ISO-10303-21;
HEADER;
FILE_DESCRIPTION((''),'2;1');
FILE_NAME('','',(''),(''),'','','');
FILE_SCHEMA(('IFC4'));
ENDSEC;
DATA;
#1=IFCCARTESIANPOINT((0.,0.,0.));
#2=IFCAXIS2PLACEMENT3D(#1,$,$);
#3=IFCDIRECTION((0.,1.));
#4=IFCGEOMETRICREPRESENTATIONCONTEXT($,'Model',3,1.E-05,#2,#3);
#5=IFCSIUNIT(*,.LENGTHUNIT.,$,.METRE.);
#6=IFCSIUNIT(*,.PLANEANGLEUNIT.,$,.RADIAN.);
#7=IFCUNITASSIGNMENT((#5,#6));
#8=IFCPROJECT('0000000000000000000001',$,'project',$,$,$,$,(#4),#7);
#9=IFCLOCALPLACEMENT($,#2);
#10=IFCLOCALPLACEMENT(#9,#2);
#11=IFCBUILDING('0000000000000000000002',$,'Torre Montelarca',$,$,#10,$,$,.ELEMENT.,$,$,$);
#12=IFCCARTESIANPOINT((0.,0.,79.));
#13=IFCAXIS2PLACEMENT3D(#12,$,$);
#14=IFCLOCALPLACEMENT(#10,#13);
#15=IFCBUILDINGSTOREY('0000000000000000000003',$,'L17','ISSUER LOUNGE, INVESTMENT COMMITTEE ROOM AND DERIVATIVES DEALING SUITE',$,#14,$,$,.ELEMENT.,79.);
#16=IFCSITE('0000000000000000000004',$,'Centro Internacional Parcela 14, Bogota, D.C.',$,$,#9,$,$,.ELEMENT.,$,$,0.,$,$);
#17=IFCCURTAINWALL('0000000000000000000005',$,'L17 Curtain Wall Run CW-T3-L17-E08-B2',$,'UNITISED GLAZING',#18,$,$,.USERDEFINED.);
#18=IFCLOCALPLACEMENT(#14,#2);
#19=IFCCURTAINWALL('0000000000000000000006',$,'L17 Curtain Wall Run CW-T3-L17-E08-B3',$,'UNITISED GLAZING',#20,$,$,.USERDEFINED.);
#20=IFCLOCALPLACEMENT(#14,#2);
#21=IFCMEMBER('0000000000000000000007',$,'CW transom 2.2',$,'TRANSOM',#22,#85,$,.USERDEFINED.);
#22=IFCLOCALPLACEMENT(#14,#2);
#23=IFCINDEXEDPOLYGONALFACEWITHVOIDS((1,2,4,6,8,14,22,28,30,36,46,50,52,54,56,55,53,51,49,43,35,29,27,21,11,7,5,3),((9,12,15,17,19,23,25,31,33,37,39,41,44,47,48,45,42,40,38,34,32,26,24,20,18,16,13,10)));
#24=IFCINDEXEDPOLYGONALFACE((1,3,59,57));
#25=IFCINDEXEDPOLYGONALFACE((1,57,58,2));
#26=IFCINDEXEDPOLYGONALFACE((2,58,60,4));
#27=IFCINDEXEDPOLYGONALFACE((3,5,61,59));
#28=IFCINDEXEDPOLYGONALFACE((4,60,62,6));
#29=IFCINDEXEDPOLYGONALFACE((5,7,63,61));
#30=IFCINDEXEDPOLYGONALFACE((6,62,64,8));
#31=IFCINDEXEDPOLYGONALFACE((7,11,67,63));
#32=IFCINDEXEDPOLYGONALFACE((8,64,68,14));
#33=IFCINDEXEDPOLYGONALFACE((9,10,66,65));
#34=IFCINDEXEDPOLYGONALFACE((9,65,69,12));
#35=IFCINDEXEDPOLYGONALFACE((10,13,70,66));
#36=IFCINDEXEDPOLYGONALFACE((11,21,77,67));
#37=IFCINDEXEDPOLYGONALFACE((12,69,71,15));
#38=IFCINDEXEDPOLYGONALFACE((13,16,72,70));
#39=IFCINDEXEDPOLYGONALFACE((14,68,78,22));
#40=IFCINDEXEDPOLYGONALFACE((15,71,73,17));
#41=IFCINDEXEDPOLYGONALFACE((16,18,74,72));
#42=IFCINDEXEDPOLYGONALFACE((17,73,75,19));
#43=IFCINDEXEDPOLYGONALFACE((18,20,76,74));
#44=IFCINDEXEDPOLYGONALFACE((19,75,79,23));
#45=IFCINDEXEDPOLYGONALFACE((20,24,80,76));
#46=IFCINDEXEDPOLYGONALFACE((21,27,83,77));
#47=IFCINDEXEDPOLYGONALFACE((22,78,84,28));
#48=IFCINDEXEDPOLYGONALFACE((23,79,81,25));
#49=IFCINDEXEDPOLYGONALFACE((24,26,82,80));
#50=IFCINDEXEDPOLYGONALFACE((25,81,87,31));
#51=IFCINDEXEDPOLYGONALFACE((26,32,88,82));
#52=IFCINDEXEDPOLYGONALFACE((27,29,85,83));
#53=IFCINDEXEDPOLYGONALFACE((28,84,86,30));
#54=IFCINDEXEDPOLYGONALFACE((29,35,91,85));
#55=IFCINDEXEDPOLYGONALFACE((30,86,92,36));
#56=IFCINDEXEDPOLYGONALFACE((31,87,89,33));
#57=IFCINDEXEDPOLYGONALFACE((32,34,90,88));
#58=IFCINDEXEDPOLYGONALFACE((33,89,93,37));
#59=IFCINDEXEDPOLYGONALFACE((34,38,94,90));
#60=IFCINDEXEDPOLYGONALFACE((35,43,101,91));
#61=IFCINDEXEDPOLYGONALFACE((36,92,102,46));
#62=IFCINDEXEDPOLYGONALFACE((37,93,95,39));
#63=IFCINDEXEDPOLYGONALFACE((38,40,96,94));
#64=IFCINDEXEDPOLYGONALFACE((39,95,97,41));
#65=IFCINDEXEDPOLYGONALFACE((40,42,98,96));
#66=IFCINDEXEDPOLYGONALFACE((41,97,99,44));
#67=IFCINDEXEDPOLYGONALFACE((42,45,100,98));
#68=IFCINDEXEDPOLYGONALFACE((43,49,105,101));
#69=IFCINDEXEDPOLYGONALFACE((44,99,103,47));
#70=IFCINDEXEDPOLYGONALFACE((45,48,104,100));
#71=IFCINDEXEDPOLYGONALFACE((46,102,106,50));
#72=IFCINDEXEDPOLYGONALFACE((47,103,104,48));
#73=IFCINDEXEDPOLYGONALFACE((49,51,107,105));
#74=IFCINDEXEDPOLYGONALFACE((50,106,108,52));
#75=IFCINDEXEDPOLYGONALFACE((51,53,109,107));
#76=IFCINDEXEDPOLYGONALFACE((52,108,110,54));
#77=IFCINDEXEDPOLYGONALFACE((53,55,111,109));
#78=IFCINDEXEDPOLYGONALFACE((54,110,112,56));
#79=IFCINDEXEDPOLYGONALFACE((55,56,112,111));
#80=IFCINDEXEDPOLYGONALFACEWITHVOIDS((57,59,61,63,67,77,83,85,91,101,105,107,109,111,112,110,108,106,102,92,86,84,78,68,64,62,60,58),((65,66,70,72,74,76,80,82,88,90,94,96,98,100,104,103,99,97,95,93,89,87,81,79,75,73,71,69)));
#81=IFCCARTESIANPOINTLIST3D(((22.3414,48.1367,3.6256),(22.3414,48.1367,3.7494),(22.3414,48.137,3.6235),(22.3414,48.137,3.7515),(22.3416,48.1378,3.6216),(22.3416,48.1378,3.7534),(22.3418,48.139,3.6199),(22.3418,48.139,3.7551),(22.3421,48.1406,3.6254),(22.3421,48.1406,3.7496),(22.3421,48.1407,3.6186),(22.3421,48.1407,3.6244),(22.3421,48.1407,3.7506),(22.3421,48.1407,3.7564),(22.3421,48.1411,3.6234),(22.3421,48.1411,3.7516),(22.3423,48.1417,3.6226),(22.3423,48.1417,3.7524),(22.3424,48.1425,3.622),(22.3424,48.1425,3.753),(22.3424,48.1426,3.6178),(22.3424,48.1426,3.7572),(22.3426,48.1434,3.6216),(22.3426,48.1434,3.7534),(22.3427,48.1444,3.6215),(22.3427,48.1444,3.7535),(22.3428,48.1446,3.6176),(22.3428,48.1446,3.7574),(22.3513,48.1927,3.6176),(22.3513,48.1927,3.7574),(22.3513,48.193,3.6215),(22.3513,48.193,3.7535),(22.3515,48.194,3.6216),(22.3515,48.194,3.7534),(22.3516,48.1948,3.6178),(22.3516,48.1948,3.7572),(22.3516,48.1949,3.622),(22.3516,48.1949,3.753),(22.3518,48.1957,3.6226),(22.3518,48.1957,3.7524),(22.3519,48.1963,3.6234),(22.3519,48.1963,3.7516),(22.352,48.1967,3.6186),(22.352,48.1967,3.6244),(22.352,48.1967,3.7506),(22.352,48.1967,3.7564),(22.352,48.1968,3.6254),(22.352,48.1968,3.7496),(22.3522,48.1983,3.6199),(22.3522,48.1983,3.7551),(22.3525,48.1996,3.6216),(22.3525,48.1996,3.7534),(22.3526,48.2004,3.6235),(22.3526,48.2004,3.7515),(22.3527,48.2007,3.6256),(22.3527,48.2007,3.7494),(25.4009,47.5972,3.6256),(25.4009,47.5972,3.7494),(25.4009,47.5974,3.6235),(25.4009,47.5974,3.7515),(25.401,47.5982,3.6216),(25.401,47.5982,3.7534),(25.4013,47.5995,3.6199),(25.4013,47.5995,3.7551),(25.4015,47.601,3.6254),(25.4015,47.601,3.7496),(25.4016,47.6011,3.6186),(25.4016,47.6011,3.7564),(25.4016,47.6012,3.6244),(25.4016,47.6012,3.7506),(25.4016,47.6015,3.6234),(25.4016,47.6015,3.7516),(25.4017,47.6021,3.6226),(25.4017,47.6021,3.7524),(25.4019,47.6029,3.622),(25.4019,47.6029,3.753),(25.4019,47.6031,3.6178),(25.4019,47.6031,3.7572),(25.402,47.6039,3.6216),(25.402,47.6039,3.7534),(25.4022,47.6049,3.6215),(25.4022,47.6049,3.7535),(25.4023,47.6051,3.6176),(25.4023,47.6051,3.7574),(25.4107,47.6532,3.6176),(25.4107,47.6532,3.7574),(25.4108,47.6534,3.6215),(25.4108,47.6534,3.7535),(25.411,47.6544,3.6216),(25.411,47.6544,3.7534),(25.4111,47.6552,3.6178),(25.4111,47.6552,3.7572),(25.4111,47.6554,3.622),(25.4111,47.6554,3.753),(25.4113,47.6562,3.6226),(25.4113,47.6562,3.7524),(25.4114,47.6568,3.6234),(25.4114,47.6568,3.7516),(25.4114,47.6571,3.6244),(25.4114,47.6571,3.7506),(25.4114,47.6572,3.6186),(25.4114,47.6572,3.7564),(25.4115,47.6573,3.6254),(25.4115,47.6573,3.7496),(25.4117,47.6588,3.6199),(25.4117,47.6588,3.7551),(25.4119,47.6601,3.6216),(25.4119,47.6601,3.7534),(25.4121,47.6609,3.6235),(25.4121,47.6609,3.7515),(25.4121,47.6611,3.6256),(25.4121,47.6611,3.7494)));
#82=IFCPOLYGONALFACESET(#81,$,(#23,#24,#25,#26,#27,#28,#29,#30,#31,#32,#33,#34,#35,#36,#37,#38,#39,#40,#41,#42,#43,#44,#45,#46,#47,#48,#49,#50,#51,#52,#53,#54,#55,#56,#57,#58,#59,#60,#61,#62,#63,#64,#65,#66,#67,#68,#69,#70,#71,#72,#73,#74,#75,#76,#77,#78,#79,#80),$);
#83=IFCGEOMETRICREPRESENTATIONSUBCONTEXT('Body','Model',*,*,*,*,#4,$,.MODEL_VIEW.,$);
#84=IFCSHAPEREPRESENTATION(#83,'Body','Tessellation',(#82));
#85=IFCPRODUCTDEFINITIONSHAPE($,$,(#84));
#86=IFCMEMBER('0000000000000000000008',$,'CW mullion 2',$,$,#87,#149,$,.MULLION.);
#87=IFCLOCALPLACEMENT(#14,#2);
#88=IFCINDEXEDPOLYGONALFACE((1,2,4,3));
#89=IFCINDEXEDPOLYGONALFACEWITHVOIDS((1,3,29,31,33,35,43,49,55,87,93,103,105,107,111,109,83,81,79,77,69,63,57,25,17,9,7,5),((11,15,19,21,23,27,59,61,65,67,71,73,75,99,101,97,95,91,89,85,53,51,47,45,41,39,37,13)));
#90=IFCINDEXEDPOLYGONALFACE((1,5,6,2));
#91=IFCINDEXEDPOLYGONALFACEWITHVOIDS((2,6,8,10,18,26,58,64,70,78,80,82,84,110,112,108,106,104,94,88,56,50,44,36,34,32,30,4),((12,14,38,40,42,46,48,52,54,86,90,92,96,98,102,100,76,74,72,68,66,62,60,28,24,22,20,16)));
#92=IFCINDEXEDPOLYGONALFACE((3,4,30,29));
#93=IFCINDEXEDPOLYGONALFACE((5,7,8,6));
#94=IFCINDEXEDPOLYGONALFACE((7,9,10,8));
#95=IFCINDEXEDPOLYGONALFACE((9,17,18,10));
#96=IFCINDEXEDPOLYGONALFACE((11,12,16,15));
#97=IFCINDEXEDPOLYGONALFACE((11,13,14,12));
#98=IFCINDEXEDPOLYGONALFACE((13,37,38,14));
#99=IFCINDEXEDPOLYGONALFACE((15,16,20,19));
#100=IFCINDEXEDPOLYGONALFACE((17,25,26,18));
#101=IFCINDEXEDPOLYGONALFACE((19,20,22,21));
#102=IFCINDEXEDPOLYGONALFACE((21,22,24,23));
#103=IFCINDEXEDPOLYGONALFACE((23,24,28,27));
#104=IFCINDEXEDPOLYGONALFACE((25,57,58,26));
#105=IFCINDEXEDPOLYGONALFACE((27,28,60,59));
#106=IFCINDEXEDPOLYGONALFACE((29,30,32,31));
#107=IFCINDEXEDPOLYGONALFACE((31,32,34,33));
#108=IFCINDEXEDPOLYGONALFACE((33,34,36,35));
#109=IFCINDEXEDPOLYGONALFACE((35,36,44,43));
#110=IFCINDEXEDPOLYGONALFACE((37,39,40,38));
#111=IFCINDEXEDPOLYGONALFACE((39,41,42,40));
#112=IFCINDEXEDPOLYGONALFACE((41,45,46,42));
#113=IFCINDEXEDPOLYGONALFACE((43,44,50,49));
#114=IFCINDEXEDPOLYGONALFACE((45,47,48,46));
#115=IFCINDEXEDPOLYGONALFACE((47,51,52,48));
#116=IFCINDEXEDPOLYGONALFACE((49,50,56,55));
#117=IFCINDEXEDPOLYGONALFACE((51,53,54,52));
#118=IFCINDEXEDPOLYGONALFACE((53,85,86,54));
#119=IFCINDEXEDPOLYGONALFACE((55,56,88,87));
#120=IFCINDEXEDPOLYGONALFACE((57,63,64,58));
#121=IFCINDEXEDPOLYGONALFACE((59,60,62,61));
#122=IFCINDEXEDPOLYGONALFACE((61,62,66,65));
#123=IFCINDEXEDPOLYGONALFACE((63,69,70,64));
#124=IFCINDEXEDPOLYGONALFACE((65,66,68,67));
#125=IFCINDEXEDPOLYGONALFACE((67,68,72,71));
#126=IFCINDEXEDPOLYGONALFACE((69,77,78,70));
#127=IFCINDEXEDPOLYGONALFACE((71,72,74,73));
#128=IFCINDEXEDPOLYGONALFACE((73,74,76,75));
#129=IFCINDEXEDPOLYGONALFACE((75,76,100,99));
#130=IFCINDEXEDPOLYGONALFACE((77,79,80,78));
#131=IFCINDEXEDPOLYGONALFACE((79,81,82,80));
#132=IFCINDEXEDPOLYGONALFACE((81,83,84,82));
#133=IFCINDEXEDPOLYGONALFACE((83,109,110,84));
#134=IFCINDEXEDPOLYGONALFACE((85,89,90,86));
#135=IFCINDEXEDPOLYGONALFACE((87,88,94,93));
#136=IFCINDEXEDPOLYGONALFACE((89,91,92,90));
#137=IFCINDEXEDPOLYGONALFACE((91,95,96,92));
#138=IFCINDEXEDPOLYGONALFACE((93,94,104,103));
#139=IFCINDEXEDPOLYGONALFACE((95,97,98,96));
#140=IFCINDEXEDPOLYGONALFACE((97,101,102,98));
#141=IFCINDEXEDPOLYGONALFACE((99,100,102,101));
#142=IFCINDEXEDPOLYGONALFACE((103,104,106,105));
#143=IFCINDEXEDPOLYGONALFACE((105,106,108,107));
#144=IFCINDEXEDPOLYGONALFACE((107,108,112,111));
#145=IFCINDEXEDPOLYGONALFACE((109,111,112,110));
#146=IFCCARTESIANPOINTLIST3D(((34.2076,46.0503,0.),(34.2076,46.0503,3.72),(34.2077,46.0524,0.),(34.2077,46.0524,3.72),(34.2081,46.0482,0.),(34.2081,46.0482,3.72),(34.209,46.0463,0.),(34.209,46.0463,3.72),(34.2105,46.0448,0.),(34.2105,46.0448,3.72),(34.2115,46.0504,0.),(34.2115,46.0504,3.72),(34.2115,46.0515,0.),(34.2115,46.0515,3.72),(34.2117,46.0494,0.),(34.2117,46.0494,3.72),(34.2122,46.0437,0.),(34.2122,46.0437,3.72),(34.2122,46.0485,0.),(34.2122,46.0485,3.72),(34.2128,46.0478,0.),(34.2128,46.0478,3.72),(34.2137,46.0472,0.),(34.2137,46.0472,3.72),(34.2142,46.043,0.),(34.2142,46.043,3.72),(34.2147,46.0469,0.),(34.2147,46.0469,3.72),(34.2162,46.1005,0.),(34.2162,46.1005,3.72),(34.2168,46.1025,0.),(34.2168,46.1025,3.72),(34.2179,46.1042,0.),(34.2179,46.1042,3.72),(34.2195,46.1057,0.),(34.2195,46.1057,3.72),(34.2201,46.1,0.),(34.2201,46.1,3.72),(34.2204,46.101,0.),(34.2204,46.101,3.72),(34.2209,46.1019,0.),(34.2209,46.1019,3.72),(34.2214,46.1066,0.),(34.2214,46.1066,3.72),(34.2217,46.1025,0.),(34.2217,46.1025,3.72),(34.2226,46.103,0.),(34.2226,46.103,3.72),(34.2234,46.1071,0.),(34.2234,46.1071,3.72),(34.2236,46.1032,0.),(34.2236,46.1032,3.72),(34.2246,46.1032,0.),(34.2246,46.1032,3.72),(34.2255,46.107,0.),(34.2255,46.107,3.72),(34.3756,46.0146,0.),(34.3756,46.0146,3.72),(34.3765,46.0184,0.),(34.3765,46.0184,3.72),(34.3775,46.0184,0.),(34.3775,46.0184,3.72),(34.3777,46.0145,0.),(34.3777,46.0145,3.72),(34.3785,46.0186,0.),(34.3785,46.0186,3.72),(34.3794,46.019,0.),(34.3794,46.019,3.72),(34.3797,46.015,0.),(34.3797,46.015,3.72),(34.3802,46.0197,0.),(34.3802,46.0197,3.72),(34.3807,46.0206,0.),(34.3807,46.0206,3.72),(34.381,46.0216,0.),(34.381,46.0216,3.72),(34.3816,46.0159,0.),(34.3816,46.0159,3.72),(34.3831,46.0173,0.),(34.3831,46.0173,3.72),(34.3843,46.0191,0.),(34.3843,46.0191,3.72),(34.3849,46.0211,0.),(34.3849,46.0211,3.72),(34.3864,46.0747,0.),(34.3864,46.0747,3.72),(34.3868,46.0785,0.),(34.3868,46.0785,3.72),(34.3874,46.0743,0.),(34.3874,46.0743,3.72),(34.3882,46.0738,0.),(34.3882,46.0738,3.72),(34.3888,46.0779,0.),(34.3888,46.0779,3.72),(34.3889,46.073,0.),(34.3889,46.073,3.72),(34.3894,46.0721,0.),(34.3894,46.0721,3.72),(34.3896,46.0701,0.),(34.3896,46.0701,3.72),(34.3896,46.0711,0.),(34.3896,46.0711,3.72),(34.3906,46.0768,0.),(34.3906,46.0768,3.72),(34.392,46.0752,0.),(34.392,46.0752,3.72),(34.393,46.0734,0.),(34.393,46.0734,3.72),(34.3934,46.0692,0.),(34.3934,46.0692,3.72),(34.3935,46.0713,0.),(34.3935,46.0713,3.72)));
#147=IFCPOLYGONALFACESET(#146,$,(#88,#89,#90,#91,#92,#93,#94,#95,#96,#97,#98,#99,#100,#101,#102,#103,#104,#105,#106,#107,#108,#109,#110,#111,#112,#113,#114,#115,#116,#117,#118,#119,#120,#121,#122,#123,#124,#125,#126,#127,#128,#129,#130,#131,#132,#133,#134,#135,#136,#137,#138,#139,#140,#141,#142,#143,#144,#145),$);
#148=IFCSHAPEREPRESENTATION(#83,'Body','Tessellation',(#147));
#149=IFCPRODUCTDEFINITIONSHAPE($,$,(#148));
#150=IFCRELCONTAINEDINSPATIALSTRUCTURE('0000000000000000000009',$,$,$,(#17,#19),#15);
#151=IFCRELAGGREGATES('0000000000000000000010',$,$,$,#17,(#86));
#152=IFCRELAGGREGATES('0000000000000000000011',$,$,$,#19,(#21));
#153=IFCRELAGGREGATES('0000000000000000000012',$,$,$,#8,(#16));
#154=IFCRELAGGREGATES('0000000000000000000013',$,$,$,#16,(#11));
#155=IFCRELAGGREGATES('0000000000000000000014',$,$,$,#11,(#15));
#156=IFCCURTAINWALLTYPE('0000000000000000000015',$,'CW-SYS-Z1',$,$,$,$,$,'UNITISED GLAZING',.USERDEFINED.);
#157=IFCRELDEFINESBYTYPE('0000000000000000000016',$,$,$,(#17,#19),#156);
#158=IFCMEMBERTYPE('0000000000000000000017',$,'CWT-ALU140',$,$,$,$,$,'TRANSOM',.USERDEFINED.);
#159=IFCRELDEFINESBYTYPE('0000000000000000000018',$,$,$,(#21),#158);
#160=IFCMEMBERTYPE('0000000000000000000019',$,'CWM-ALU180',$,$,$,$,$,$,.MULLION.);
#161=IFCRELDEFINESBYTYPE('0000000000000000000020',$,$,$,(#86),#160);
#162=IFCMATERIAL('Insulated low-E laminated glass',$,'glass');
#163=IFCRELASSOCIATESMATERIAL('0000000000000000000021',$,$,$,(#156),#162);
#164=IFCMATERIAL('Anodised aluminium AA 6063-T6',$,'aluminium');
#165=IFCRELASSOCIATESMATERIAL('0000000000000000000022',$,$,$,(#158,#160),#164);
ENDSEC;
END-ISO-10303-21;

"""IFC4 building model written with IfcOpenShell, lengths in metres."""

from ifc_helpers import new_model, si_unit, direction, frame, origin, origin_2d, place, context, subcontext, project, spatial, hollow_rectangle, extrude, source, transform, mapped, material, material_profile, profile_set, type_object, element, aggregate, save


model = new_model("IFC4")

# Units and contexts
model_context = context("Model", 3, precision=1e-05, world=origin(), true_north=direction((0.0, 1.0)))
body_context = subcontext(model_context, "Body", "Model", "MODEL_VIEW")
ifc_project = project(units=[si_unit("LENGTHUNIT", "METRE"), si_unit("PLANEANGLEUNIT", "RADIAN")], contexts=[model_context])

# Site, building, storey
site_placement = place(None, origin())
site = spatial("IfcSite", under=ifc_project, at=site_placement, Name="Centro Internacional Parcela 14, Bogota, D.C.", CompositionType="ELEMENT", RefElevation=0.0)
building_placement = place(site_placement, origin())
building = spatial("IfcBuilding", under=site, at=building_placement, Name="Torre Montelarca", CompositionType="ELEMENT")
storey_placement = place(building_placement, frame((0.0, 0.0, 79.0)))
storey = spatial("IfcBuildingStorey", under=building, at=storey_placement, Name="L17", Description="ISSUER LOUNGE, INVESTMENT COMMITTEE ROOM AND DERIVATIVES DEALING SUITE", CompositionType="ELEMENT", Elevation=79.0)

# Curtain walls, member
ifc_material_1 = material(Name="Insulated low-E laminated glass", Category="glass")
curtain_wall_type = type_object("IfcCurtainWallType", Name="CW-SYS-Z1", ElementType="UNITISED GLAZING", PredefinedType="USERDEFINED", material=ifc_material_1)
curtain_wall_1_placement = place(storey_placement, origin())
curtain_wall_1 = element("IfcCurtainWall", 1, at=curtain_wall_1_placement, inside=storey, type_object=curtain_wall_type, Name="L17 Curtain Wall Run CW-T3-L17-E08-B2", ObjectType="UNITISED GLAZING", PredefinedType="USERDEFINED")
ifc_material_2 = material(Name="Anodised aluminium AA 6063-T6", Category="aluminium")
ifc_material_profile_1 = material_profile(ifc_material_2, hollow_rectangle(XDim=0.0649, YDim=0.1399, WallThickness=0.0039, InnerFilletRadius=0.0039, OuterFilletRadius=0.0081, at=origin_2d()), Name="ALU65X140X4", Category="aluminium")
ifc_profile_set_1 = profile_set([ifc_material_profile_1], Name="Anodised aluminium AA 6063-T6")
member_type_1 = type_object("IfcMemberType", Name="CWT-ALU140", ElementType="TRANSOM", PredefinedType="USERDEFINED", material=ifc_profile_set_1)
curtain_wall_2_placement = place(storey_placement, origin())
curtain_wall_2 = element("IfcCurtainWall", 2, at=curtain_wall_2_placement, inside=storey, type_object=curtain_wall_type, Name="L17 Curtain Wall Run CW-T3-L17-E08-B3", ObjectType="UNITISED GLAZING", PredefinedType="USERDEFINED")
shared_shape_1 = source(origin(), body_context, "Body", "SweptSolid", [
    extrude(hollow_rectangle(XDim=0.0649, YDim=0.1399, WallThickness=0.0039, InnerFilletRadius=0.0039, OuterFilletRadius=0.0081, at=origin_2d()), origin(), (0.0, 0.0, 1.0), 3.1067),
])
member_1_placement = place(storey_placement, frame((25.4065, 47.6292, 3.6875), z_axis=(-0.984804, 0.173669, 0.0), x_axis=(-0.173669, -0.984804, 0.0)))
member_1 = element("IfcMember", 3, at=member_1_placement, type_object=member_type_1, Name="CW transom 2.2", ObjectType="TRANSOM", PredefinedType="USERDEFINED", context=body_context, shape_type="MappedRepresentation", body=[
    mapped(shared_shape_1, transform((0.0, 0.0, 0.0), scale=1.0)),
])

# Member
ifc_material_profile_2 = material_profile(ifc_material_2, hollow_rectangle(XDim=0.0649, YDim=0.1799, WallThickness=0.0039, InnerFilletRadius=0.0039, OuterFilletRadius=0.0081, at=origin_2d()), Name="ALU65X180X4", Category="aluminium")
ifc_profile_set_2 = profile_set([ifc_material_profile_2], Name="Anodised aluminium AA 6063-T6")
member_type_2 = type_object("IfcMemberType", Name="CWM-ALU180", PredefinedType="MULLION", material=ifc_profile_set_2)
shared_shape_2 = source(origin(), body_context, "Body", "SweptSolid", [
    extrude(hollow_rectangle(XDim=0.0649, YDim=0.1799, WallThickness=0.0039, InnerFilletRadius=0.0039, OuterFilletRadius=0.0081, at=origin_2d()), origin(), (0.0, 0.0, 1.0), 3.72),
])
member_2_placement = place(storey_placement, frame((34.3005, 46.0608, 0.0), z_axis=(0.0, 0.0, 1.0), x_axis=(-0.173642, -0.984809, 0.0)))
member_2 = element("IfcMember", 4, at=member_2_placement, type_object=member_type_2, Name="CW mullion 2", PredefinedType="MULLION", context=body_context, shape_type="MappedRepresentation", body=[
    mapped(shared_shape_2, transform((0.0, 0.0, 0.0), scale=1.0)),
])

aggregate(curtain_wall_1, [member_2])
aggregate(curtain_wall_2, [member_1])

save(model, "model.ifc")
